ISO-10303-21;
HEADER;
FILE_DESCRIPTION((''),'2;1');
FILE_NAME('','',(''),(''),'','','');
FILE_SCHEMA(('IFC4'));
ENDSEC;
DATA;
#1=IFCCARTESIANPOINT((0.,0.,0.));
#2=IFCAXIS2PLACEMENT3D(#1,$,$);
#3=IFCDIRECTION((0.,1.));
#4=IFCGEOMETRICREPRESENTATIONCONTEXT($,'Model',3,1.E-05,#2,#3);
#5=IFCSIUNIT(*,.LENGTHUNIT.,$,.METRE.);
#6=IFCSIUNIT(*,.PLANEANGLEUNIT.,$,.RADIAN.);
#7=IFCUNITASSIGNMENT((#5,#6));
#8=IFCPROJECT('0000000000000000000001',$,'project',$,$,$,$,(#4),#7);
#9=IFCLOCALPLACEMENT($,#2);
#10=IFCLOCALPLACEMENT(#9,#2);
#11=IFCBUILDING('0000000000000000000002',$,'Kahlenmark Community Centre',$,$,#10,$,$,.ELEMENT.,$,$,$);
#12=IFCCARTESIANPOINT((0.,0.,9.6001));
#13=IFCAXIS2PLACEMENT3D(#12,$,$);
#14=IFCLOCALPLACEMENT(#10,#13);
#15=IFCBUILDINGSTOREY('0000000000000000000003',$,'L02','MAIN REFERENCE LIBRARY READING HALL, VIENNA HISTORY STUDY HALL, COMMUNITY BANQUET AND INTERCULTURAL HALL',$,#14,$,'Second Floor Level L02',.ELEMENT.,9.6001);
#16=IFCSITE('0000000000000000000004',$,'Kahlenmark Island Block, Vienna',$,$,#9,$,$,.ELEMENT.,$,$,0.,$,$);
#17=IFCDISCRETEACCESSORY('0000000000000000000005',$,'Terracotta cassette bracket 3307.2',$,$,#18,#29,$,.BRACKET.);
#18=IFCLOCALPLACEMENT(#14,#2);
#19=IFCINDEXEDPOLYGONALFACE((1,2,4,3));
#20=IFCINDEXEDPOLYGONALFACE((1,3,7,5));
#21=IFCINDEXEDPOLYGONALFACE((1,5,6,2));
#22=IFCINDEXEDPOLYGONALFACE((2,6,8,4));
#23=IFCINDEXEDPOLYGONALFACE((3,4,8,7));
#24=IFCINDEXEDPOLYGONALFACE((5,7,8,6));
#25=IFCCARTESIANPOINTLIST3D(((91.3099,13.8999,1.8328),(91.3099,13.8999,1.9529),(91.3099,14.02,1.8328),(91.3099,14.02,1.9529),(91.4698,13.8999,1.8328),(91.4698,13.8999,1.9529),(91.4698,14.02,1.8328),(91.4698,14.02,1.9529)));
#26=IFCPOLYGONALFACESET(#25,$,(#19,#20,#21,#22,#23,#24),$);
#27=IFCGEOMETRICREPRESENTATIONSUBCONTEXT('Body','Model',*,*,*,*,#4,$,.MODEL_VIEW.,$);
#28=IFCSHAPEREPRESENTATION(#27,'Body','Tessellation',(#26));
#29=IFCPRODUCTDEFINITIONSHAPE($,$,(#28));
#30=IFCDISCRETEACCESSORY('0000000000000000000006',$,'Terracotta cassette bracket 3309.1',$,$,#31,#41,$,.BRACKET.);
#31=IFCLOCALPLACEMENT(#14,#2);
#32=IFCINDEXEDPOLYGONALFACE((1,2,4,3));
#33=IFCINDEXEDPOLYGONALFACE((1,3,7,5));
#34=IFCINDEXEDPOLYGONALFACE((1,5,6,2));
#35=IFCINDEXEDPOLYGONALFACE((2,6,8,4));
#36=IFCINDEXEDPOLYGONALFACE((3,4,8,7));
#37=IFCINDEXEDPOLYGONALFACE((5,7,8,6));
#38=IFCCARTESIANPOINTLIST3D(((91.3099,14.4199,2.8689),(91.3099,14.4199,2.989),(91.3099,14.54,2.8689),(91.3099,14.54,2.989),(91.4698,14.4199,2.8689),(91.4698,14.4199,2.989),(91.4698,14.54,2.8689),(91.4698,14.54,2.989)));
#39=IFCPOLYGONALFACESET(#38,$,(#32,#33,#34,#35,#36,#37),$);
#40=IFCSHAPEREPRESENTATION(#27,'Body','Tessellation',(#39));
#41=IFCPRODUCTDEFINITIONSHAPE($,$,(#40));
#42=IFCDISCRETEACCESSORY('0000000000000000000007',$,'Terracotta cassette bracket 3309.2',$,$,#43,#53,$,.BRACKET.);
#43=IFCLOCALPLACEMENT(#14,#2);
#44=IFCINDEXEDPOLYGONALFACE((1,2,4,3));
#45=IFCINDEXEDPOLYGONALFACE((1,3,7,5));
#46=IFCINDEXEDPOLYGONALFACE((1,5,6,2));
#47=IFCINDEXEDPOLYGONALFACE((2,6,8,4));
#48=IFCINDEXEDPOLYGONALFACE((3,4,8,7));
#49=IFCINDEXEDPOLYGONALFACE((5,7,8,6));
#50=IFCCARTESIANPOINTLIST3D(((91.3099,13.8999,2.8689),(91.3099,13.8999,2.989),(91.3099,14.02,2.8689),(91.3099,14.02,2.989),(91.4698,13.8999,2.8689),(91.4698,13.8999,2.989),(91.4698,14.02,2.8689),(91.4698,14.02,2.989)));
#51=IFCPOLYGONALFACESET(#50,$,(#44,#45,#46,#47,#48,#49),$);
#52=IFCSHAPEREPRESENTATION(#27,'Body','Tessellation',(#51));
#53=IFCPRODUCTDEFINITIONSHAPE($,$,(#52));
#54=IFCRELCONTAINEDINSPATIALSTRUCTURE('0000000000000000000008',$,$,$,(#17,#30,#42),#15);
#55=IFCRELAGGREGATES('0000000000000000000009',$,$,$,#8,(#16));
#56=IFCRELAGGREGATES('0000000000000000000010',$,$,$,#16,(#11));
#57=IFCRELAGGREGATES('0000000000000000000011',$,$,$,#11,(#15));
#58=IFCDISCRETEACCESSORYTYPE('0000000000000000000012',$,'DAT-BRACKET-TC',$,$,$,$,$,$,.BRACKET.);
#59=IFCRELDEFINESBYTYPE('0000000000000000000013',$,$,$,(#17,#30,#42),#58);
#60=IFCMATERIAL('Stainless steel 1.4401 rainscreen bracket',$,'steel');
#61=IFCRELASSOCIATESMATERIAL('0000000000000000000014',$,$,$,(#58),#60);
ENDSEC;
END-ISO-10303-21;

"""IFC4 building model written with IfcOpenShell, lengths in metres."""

from ifc_helpers import new_model, si_unit, direction, frame, origin, origin_2d, place, context, subcontext, project, spatial, rectangle, extrude, material, type_object, element, save


model = new_model("IFC4")

# Units and contexts
model_context = context("Model", 3, precision=1e-05, world=origin(), true_north=direction((0.0, 1.0)))
body_context = subcontext(model_context, "Body", "Model", "MODEL_VIEW")
ifc_project = project(units=[si_unit("LENGTHUNIT", "METRE"), si_unit("PLANEANGLEUNIT", "RADIAN")], contexts=[model_context])

# Site, building, storey
site_placement = place(None, origin())
site = spatial("IfcSite", under=ifc_project, at=site_placement, Name="Kahlenmark Island Block, Vienna", CompositionType="ELEMENT", RefElevation=0.0)
building_placement = place(site_placement, origin())
building = spatial("IfcBuilding", under=site, at=building_placement, Name="Kahlenmark Community Centre", CompositionType="ELEMENT")
storey_placement = place(building_placement, frame((0.0, 0.0, 9.6001)))
storey = spatial("IfcBuildingStorey", under=building, at=storey_placement, Name="L02", Description="MAIN REFERENCE LIBRARY READING HALL, VIENNA HISTORY STUDY HALL, COMMUNITY BANQUET AND INTERCULTURAL HALL", LongName="Second Floor Level L02", CompositionType="ELEMENT", Elevation=9.6001)

# Discrete accessories
ifc_material_1 = material(Name="Stainless steel 1.4401 rainscreen bracket", Category="steel")
discrete_accessory_type = type_object("IfcDiscreteAccessoryType", Name="DAT-BRACKET-TC", PredefinedType="BRACKET", material=ifc_material_1)
for number, where, z_axis, x_axis, name in (
    (1, (91.3899, 13.96, 1.8328), (0.0, 0.0, 1.0), (0.0, -1.0, 0.0), "Terracotta cassette bracket 3307.2"),
    (2, (91.3899, 14.48, 2.8689), (0.0, 0.0, 1.0), (0.0, -1.0, 0.0), "Terracotta cassette bracket 3309.1"),
    (3, (91.3899, 13.96, 2.8689), (0.0, 0.0, 1.0), (0.0, -1.0, 0.0), "Terracotta cassette bracket 3309.2"),
):
    element("IfcDiscreteAccessory", number, at=place(storey_placement, frame(where, z_axis=z_axis, x_axis=x_axis)), inside=storey, type_object=discrete_accessory_type, Name=name, PredefinedType="BRACKET", context=body_context, shape_type="SweptSolid", body=[
        extrude(rectangle(XDim=0.1201, YDim=0.1599, at=origin_2d()), origin(), (0.0, 0.0, 1.0), 0.1201),
    ])

save(model, "model.ifc")
